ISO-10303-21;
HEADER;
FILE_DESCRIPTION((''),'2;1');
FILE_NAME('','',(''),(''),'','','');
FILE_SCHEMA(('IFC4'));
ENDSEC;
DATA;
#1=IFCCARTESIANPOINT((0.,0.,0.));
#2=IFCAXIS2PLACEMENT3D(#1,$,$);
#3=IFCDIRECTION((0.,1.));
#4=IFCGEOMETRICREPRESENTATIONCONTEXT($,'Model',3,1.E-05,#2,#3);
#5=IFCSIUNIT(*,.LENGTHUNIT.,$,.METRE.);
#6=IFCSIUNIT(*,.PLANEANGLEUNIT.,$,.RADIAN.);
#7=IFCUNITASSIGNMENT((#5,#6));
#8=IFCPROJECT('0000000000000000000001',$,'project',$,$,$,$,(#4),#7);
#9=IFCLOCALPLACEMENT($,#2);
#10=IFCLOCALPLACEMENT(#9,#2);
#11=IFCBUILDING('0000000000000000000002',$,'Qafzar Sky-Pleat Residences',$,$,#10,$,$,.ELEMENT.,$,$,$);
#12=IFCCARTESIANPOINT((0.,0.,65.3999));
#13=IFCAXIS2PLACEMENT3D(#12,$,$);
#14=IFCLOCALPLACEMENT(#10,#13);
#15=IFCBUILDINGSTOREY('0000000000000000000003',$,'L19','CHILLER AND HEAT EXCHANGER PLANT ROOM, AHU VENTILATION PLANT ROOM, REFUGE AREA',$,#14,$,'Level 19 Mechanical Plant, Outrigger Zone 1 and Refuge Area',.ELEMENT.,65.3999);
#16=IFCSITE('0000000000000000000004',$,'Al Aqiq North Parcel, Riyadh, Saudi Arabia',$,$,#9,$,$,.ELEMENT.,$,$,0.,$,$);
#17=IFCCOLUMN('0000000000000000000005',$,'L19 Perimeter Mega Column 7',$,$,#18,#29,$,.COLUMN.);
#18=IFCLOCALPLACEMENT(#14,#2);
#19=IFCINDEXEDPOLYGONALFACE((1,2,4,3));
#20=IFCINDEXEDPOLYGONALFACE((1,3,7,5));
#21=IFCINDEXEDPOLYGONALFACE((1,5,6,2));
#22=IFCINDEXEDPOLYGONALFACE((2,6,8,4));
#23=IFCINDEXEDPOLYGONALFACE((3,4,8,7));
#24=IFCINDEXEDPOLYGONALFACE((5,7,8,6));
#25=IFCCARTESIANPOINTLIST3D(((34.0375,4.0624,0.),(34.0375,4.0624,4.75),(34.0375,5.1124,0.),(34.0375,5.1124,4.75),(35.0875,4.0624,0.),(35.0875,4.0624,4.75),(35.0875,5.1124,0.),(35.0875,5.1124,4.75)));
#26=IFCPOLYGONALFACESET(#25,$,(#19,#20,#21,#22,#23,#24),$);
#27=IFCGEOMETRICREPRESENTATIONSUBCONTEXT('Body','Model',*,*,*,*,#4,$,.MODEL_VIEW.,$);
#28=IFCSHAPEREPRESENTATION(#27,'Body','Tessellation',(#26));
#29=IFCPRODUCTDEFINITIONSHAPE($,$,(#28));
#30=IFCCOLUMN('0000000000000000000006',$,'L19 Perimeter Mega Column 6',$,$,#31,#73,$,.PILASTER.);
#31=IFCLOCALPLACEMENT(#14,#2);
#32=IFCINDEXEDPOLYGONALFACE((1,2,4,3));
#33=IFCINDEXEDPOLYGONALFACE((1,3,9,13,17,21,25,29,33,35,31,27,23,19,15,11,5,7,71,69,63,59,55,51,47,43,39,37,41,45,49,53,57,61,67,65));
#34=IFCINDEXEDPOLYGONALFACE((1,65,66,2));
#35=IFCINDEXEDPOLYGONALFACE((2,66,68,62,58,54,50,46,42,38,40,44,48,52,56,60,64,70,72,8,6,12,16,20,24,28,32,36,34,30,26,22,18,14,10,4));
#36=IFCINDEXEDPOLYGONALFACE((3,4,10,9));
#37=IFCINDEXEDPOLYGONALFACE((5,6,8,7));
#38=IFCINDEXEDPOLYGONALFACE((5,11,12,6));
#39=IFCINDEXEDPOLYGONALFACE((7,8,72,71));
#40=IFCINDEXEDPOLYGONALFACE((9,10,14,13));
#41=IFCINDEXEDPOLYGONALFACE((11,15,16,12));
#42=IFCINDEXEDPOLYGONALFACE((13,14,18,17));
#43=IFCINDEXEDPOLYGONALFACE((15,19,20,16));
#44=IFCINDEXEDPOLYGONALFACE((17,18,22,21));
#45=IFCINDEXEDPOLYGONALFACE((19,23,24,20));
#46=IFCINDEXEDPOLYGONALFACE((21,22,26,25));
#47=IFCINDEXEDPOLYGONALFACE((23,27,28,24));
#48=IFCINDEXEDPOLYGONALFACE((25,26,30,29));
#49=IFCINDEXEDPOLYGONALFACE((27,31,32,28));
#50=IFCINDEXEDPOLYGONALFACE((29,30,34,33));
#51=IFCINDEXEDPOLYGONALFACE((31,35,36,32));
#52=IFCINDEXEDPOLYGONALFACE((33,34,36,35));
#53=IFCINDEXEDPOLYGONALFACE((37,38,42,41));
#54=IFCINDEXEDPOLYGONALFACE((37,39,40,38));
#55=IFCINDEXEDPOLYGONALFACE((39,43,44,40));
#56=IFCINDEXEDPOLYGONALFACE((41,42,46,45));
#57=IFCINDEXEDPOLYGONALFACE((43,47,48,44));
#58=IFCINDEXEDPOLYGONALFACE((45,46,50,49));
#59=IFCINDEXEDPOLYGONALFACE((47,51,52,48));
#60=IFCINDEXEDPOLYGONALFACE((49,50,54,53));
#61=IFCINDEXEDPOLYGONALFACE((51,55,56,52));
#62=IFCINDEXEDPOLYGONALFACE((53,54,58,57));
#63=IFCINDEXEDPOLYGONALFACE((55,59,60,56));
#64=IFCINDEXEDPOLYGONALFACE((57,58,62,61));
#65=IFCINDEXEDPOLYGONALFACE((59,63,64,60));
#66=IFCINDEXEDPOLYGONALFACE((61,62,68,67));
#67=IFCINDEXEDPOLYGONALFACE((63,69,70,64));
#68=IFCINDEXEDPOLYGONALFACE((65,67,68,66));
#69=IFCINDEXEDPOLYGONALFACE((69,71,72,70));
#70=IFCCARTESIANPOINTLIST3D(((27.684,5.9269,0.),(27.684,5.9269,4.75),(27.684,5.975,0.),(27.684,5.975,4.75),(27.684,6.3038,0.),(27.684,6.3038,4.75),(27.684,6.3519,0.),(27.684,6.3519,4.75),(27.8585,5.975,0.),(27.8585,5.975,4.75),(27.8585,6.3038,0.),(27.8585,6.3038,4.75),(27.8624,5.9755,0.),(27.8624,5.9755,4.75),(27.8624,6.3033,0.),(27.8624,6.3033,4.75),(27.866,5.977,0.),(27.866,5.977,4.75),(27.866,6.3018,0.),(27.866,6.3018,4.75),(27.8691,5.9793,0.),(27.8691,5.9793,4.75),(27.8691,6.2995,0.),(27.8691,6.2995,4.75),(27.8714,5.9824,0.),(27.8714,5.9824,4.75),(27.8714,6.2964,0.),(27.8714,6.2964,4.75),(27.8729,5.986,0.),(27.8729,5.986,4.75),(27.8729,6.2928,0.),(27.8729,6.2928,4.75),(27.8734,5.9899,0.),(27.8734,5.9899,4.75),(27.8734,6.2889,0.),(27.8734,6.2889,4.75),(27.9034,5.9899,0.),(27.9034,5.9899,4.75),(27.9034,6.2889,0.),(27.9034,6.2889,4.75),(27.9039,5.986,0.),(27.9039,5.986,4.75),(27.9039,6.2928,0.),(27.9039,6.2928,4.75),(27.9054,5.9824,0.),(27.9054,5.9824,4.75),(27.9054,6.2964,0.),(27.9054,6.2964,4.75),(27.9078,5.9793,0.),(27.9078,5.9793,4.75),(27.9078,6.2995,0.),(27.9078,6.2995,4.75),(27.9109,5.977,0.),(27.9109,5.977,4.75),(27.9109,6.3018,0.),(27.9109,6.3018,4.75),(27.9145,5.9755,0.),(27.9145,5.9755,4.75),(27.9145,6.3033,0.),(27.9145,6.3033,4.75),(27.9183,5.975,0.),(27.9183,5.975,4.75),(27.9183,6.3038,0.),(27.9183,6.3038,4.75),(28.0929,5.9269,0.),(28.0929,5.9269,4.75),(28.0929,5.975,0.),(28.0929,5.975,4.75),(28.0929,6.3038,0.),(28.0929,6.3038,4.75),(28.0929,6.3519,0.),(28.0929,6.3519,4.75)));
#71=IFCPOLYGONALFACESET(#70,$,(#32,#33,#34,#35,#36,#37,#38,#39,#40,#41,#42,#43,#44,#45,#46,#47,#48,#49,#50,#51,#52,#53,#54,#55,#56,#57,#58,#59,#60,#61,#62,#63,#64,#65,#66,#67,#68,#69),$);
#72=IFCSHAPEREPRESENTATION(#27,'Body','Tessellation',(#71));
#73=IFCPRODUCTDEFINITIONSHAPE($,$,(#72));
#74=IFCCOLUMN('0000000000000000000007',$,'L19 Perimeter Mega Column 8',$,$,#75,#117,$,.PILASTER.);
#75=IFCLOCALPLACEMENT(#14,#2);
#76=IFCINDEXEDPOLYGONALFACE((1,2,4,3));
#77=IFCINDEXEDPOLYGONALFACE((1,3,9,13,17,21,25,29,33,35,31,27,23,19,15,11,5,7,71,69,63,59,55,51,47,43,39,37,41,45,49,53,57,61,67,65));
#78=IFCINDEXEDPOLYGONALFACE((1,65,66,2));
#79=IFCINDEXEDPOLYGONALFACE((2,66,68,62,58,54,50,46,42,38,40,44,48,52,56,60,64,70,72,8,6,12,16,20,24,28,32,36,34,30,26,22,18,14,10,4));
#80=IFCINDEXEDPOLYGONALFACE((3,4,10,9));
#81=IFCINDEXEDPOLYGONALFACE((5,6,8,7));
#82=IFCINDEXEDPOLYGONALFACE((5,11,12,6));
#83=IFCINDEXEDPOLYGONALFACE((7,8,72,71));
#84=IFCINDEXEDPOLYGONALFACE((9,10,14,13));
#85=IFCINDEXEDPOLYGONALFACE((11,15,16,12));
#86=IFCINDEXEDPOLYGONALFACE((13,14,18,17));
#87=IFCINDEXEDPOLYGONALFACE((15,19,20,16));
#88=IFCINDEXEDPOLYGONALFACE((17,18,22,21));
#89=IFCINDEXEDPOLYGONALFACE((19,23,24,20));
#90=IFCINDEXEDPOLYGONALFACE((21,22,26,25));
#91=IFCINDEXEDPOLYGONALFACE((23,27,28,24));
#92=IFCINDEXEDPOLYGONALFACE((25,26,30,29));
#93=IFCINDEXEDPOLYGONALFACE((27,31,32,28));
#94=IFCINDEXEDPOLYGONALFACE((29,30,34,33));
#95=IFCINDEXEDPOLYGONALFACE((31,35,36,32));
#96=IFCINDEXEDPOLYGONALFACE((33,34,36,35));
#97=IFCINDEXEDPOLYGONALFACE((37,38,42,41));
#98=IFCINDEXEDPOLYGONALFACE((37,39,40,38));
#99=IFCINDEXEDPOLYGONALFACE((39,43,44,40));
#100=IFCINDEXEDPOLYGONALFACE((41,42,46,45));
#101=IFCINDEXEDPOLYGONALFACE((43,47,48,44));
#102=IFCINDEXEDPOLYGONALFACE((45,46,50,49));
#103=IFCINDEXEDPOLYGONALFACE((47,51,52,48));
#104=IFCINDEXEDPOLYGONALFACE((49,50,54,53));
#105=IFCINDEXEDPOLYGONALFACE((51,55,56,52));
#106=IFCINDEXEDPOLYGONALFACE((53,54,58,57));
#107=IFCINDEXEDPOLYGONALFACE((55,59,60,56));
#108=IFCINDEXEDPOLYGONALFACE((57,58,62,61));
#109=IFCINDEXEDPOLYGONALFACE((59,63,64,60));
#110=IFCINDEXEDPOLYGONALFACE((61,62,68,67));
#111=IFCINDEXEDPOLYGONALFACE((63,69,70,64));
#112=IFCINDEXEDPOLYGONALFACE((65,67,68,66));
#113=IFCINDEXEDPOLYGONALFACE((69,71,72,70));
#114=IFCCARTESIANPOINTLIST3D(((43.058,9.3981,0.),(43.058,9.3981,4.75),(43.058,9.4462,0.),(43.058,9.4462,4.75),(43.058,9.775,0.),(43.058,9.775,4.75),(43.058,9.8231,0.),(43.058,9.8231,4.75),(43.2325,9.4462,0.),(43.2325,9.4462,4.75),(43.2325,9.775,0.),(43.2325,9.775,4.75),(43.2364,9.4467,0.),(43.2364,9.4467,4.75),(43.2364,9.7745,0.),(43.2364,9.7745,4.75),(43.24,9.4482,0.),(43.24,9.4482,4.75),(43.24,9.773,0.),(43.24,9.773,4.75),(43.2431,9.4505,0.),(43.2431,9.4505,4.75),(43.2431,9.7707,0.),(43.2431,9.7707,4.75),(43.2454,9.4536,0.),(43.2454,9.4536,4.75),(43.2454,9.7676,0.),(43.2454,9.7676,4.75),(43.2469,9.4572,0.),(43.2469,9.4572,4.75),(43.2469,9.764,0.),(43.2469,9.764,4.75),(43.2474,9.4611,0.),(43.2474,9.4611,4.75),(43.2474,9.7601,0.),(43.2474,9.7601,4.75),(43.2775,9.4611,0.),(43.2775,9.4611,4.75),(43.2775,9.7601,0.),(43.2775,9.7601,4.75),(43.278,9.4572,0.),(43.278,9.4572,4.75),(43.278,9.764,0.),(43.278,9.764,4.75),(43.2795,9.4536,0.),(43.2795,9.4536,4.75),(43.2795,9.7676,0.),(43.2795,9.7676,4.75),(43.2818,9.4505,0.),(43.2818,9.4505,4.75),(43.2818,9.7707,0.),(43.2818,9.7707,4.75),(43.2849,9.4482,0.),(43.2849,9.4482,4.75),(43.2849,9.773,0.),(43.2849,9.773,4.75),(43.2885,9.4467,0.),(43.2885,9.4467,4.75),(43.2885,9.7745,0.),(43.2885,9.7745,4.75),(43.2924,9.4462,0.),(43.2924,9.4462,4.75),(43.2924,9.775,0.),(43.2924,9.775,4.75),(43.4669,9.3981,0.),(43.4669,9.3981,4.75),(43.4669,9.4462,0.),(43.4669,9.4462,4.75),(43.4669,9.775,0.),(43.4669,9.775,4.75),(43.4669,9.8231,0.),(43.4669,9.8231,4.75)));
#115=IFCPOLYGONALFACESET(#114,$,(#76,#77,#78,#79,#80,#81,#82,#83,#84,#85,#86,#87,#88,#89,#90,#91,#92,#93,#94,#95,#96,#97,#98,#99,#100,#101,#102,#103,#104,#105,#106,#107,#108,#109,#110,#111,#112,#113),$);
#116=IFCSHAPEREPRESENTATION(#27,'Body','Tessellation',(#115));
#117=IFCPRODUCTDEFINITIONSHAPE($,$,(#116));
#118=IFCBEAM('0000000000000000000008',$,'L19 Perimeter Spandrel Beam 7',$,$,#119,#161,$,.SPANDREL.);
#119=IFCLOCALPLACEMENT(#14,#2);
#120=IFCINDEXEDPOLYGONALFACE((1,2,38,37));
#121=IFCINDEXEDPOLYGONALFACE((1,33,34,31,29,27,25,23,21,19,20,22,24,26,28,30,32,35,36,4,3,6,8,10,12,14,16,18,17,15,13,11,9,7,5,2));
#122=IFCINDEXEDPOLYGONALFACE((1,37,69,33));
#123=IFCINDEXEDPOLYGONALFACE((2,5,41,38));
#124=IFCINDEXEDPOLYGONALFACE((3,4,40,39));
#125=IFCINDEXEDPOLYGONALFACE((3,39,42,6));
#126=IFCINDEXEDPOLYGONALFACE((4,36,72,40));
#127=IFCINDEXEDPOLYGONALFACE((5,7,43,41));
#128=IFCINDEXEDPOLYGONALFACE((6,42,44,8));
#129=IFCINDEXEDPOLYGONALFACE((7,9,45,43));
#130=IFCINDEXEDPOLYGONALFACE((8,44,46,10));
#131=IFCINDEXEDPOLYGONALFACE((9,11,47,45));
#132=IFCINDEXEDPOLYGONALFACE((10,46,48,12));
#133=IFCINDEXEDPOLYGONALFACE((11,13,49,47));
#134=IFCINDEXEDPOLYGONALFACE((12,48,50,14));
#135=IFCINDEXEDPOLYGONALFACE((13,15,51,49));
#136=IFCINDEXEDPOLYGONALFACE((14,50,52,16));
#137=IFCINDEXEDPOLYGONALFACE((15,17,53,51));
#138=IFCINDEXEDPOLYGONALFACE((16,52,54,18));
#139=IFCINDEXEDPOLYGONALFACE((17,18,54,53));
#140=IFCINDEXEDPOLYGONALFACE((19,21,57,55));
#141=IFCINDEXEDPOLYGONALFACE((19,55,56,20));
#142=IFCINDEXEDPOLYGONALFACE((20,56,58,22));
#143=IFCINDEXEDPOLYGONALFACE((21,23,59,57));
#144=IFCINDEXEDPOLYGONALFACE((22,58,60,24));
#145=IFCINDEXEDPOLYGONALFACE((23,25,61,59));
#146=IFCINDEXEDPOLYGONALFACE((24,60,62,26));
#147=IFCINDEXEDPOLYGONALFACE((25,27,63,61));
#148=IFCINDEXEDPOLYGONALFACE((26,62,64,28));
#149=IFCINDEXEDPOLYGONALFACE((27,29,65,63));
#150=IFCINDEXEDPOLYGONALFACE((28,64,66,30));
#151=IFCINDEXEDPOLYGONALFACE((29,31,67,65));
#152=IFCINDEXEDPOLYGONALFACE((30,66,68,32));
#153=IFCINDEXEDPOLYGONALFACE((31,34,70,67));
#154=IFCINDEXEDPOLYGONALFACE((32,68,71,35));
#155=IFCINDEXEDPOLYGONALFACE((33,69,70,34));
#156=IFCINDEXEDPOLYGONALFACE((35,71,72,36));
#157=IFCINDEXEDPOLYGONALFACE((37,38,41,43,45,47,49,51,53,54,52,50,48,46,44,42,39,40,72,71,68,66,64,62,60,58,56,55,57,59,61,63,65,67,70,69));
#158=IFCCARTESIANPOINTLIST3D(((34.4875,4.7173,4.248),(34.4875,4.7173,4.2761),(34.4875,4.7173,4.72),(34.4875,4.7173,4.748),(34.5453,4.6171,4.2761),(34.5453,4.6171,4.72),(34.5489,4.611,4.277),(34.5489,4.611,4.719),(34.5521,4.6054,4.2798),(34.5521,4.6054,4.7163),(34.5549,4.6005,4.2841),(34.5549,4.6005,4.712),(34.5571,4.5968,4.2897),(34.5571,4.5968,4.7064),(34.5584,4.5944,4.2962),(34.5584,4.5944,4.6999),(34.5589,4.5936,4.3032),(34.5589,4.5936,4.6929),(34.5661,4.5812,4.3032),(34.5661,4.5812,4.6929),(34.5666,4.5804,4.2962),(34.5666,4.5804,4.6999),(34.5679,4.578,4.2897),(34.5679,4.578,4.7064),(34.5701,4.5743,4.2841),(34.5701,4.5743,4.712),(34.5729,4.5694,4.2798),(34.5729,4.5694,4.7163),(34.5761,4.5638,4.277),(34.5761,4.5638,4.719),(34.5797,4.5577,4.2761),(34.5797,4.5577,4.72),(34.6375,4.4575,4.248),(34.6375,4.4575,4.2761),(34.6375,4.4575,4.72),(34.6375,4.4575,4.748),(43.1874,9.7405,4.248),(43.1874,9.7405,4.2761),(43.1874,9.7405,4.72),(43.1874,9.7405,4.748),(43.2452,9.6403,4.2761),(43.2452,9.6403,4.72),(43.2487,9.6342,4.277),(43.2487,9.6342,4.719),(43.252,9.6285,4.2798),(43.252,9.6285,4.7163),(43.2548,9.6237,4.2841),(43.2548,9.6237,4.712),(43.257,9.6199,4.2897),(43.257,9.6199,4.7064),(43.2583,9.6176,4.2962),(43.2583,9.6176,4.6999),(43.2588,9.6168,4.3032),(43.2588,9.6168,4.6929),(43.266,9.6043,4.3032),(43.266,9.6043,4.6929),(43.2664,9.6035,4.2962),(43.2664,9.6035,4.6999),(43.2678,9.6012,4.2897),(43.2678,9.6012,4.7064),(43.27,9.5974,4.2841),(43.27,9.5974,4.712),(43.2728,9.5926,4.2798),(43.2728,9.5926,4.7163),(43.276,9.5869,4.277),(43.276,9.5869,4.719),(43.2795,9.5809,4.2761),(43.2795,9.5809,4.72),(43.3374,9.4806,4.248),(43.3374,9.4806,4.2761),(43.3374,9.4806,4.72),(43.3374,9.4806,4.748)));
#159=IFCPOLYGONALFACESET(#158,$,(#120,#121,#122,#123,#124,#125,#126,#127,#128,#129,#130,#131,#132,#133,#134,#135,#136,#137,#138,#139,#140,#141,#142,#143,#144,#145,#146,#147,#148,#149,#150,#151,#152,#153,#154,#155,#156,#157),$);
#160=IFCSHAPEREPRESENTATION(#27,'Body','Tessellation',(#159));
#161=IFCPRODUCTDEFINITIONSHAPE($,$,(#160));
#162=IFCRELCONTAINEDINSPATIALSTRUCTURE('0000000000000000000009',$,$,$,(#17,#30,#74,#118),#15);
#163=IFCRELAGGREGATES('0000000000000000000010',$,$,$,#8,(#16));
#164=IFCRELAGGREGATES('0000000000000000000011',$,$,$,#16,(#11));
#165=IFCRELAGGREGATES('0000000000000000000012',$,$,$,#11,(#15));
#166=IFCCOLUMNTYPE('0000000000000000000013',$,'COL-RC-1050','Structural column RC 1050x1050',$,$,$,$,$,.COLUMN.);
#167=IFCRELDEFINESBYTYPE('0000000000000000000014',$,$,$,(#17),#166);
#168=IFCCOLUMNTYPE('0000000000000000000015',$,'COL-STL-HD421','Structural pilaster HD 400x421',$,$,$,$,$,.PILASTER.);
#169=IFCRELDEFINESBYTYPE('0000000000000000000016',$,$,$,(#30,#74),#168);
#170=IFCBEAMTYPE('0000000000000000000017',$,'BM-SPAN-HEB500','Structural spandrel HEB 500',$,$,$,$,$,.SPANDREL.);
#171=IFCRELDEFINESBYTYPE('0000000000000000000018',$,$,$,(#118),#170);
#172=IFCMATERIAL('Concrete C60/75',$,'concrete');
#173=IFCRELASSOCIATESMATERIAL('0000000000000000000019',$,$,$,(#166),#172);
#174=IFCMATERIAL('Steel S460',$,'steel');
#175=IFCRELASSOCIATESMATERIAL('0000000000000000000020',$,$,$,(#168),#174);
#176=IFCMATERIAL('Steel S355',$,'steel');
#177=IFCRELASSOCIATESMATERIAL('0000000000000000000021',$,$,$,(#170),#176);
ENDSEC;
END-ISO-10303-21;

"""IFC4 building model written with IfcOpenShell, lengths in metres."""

from ifc_helpers import new_model, si_unit, direction, frame, origin, origin_2d, place, context, subcontext, project, spatial, rectangle, i_section, extrude, source, transform, mapped, material, material_profile, profile_set, type_object, element, save


model = new_model("IFC4")

# Units and contexts
model_context = context("Model", 3, precision=1e-05, world=origin(), true_north=direction((0.0, 1.0)))
body_context = subcontext(model_context, "Body", "Model", "MODEL_VIEW")
ifc_project = project(units=[si_unit("LENGTHUNIT", "METRE"), si_unit("PLANEANGLEUNIT", "RADIAN")], contexts=[model_context])

# Site, building, storey
site_placement = place(None, origin())
site = spatial("IfcSite", under=ifc_project, at=site_placement, Name="Al Aqiq North Parcel, Riyadh, Saudi Arabia", CompositionType="ELEMENT", RefElevation=0.0)
building_placement = place(site_placement, origin())
building = spatial("IfcBuilding", under=site, at=building_placement, Name="Qafzar Sky-Pleat Residences", CompositionType="ELEMENT")
storey_placement = place(building_placement, frame((0.0, 0.0, 65.3999)))
storey = spatial("IfcBuildingStorey", under=building, at=storey_placement, Name="L19", Description="CHILLER AND HEAT EXCHANGER PLANT ROOM, AHU VENTILATION PLANT ROOM, REFUGE AREA", LongName="Level 19 Mechanical Plant, Outrigger Zone 1 and Refuge Area", CompositionType="ELEMENT", Elevation=65.3999)

# Columns
ifc_material_1 = material(Name="Concrete C60/75", Category="concrete")
ifc_material_profile_1 = material_profile(ifc_material_1, rectangle(XDim=1.05, YDim=1.05, at=origin_2d()), Name="RC 1050x1050")
ifc_profile_set_1 = profile_set([ifc_material_profile_1], Name="Concrete C60/75")
column_type_1 = type_object("IfcColumnType", Name="COL-RC-1050", Description="Structural column RC 1050x1050", PredefinedType="COLUMN", material=ifc_profile_set_1)
shared_shape_1 = source(origin(), body_context, "Body", "SweptSolid", [
    extrude(rectangle(XDim=1.05, YDim=1.05, at=origin_2d()), origin(), (0.0, 0.0, 1.0), 4.75),
])
column_placement = place(storey_placement, frame((34.5625, 4.5874, 0.0), z_axis=(0.0, 0.0, 1.0), x_axis=(1.0, 0.0, 0.0)))
element("IfcColumn", 1, at=column_placement, inside=storey, type_object=column_type_1, Name="L19 Perimeter Mega Column 7", PredefinedType="COLUMN", context=body_context, shape_type="MappedRepresentation", body=[
    mapped(shared_shape_1, transform((0.0, 0.0, 0.0), x_axis=(1.0, 0.0, 0.0), y_axis=(0.0, 1.0, 0.0), z_axis=(0.0, 0.0, 1.0), scale=1.0)),
])
ifc_material_2 = material(Name="Steel S460", Category="steel")
ifc_material_profile_2 = material_profile(ifc_material_2, i_section(OverallWidth=0.4089, OverallDepth=0.425, WebThickness=0.03, FlangeThickness=0.0481, FilletRadius=0.0149, at=origin_2d()), Name="HD 400x421")
ifc_profile_set_2 = profile_set([ifc_material_profile_2], Name="Steel S460")
column_type_2 = type_object("IfcColumnType", Name="COL-STL-HD421", Description="Structural pilaster HD 400x421", PredefinedType="PILASTER", material=ifc_profile_set_2)
shared_shape_2 = source(origin(), body_context, "Body", "SweptSolid", [
    extrude(i_section(OverallWidth=0.4089, OverallDepth=0.425, WebThickness=0.03, FlangeThickness=0.0481, FilletRadius=0.0149, at=origin_2d()), origin(), (0.0, 0.0, 1.0), 4.75),
])
for number, where, z_axis, x_axis, name in (
    (2, (27.8884, 6.1394, 0.0), (0.0, 0.0, 1.0), (1.0, 0.0, 0.0), "L19 Perimeter Mega Column 6"),
    (3, (43.2625, 9.6106, 0.0), (0.0, 0.0, 1.0), (1.0, 0.0, 0.0), "L19 Perimeter Mega Column 8"),
):
    element("IfcColumn", number, at=place(storey_placement, frame(where, z_axis=z_axis, x_axis=x_axis)), inside=storey, type_object=column_type_2, Name=name, PredefinedType="PILASTER", context=body_context, shape_type="MappedRepresentation", body=[
        mapped(shared_shape_2, transform((0.0, 0.0, 0.0), x_axis=(1.0, 0.0, 0.0), y_axis=(0.0, 1.0, 0.0), z_axis=(0.0, 0.0, 1.0), scale=1.0)),
    ])

# Beam
ifc_material_3 = material(Name="Steel S355", Category="steel")
ifc_material_profile_3 = material_profile(ifc_material_3, i_section(OverallWidth=0.3, OverallDepth=0.5, WebThickness=0.0144, FlangeThickness=0.0281, FilletRadius=0.0271, at=origin_2d()), Name="HEB 500")
ifc_profile_set_3 = profile_set([ifc_material_profile_3], Name="Steel S355")
beam_type_1 = type_object("IfcBeamType", Name="BM-SPAN-HEB500", Description="Structural spandrel HEB 500", PredefinedType="SPANDREL", material=ifc_profile_set_3)
shared_shape_3 = source(origin(), body_context, "Body", "SweptSolid", [
    extrude(i_section(OverallWidth=0.3, OverallDepth=0.5, WebThickness=0.0144, FlangeThickness=0.0281, FilletRadius=0.0271, at=origin_2d()), origin(), (0.0, 0.0, 1.0), 10.0459),
])
beam_1_placement = place(storey_placement, frame((34.5625, 4.5874, 4.498), z_axis=(0.866014, 0.50002, 0.0), x_axis=(-0.50002, 0.866014, 0.0)))
element("IfcBeam", 4, at=beam_1_placement, inside=storey, type_object=beam_type_1, Name="L19 Perimeter Spandrel Beam 7", PredefinedType="SPANDREL", context=body_context, shape_type="MappedRepresentation", body=[
    mapped(shared_shape_3, transform((0.0, 0.0, 0.0), x_axis=(1.0, 0.0, 0.0), y_axis=(0.0, 1.0, 0.0), z_axis=(0.0, 0.0, 1.0), scale=1.0)),
])

save(model, "model.ifc")
